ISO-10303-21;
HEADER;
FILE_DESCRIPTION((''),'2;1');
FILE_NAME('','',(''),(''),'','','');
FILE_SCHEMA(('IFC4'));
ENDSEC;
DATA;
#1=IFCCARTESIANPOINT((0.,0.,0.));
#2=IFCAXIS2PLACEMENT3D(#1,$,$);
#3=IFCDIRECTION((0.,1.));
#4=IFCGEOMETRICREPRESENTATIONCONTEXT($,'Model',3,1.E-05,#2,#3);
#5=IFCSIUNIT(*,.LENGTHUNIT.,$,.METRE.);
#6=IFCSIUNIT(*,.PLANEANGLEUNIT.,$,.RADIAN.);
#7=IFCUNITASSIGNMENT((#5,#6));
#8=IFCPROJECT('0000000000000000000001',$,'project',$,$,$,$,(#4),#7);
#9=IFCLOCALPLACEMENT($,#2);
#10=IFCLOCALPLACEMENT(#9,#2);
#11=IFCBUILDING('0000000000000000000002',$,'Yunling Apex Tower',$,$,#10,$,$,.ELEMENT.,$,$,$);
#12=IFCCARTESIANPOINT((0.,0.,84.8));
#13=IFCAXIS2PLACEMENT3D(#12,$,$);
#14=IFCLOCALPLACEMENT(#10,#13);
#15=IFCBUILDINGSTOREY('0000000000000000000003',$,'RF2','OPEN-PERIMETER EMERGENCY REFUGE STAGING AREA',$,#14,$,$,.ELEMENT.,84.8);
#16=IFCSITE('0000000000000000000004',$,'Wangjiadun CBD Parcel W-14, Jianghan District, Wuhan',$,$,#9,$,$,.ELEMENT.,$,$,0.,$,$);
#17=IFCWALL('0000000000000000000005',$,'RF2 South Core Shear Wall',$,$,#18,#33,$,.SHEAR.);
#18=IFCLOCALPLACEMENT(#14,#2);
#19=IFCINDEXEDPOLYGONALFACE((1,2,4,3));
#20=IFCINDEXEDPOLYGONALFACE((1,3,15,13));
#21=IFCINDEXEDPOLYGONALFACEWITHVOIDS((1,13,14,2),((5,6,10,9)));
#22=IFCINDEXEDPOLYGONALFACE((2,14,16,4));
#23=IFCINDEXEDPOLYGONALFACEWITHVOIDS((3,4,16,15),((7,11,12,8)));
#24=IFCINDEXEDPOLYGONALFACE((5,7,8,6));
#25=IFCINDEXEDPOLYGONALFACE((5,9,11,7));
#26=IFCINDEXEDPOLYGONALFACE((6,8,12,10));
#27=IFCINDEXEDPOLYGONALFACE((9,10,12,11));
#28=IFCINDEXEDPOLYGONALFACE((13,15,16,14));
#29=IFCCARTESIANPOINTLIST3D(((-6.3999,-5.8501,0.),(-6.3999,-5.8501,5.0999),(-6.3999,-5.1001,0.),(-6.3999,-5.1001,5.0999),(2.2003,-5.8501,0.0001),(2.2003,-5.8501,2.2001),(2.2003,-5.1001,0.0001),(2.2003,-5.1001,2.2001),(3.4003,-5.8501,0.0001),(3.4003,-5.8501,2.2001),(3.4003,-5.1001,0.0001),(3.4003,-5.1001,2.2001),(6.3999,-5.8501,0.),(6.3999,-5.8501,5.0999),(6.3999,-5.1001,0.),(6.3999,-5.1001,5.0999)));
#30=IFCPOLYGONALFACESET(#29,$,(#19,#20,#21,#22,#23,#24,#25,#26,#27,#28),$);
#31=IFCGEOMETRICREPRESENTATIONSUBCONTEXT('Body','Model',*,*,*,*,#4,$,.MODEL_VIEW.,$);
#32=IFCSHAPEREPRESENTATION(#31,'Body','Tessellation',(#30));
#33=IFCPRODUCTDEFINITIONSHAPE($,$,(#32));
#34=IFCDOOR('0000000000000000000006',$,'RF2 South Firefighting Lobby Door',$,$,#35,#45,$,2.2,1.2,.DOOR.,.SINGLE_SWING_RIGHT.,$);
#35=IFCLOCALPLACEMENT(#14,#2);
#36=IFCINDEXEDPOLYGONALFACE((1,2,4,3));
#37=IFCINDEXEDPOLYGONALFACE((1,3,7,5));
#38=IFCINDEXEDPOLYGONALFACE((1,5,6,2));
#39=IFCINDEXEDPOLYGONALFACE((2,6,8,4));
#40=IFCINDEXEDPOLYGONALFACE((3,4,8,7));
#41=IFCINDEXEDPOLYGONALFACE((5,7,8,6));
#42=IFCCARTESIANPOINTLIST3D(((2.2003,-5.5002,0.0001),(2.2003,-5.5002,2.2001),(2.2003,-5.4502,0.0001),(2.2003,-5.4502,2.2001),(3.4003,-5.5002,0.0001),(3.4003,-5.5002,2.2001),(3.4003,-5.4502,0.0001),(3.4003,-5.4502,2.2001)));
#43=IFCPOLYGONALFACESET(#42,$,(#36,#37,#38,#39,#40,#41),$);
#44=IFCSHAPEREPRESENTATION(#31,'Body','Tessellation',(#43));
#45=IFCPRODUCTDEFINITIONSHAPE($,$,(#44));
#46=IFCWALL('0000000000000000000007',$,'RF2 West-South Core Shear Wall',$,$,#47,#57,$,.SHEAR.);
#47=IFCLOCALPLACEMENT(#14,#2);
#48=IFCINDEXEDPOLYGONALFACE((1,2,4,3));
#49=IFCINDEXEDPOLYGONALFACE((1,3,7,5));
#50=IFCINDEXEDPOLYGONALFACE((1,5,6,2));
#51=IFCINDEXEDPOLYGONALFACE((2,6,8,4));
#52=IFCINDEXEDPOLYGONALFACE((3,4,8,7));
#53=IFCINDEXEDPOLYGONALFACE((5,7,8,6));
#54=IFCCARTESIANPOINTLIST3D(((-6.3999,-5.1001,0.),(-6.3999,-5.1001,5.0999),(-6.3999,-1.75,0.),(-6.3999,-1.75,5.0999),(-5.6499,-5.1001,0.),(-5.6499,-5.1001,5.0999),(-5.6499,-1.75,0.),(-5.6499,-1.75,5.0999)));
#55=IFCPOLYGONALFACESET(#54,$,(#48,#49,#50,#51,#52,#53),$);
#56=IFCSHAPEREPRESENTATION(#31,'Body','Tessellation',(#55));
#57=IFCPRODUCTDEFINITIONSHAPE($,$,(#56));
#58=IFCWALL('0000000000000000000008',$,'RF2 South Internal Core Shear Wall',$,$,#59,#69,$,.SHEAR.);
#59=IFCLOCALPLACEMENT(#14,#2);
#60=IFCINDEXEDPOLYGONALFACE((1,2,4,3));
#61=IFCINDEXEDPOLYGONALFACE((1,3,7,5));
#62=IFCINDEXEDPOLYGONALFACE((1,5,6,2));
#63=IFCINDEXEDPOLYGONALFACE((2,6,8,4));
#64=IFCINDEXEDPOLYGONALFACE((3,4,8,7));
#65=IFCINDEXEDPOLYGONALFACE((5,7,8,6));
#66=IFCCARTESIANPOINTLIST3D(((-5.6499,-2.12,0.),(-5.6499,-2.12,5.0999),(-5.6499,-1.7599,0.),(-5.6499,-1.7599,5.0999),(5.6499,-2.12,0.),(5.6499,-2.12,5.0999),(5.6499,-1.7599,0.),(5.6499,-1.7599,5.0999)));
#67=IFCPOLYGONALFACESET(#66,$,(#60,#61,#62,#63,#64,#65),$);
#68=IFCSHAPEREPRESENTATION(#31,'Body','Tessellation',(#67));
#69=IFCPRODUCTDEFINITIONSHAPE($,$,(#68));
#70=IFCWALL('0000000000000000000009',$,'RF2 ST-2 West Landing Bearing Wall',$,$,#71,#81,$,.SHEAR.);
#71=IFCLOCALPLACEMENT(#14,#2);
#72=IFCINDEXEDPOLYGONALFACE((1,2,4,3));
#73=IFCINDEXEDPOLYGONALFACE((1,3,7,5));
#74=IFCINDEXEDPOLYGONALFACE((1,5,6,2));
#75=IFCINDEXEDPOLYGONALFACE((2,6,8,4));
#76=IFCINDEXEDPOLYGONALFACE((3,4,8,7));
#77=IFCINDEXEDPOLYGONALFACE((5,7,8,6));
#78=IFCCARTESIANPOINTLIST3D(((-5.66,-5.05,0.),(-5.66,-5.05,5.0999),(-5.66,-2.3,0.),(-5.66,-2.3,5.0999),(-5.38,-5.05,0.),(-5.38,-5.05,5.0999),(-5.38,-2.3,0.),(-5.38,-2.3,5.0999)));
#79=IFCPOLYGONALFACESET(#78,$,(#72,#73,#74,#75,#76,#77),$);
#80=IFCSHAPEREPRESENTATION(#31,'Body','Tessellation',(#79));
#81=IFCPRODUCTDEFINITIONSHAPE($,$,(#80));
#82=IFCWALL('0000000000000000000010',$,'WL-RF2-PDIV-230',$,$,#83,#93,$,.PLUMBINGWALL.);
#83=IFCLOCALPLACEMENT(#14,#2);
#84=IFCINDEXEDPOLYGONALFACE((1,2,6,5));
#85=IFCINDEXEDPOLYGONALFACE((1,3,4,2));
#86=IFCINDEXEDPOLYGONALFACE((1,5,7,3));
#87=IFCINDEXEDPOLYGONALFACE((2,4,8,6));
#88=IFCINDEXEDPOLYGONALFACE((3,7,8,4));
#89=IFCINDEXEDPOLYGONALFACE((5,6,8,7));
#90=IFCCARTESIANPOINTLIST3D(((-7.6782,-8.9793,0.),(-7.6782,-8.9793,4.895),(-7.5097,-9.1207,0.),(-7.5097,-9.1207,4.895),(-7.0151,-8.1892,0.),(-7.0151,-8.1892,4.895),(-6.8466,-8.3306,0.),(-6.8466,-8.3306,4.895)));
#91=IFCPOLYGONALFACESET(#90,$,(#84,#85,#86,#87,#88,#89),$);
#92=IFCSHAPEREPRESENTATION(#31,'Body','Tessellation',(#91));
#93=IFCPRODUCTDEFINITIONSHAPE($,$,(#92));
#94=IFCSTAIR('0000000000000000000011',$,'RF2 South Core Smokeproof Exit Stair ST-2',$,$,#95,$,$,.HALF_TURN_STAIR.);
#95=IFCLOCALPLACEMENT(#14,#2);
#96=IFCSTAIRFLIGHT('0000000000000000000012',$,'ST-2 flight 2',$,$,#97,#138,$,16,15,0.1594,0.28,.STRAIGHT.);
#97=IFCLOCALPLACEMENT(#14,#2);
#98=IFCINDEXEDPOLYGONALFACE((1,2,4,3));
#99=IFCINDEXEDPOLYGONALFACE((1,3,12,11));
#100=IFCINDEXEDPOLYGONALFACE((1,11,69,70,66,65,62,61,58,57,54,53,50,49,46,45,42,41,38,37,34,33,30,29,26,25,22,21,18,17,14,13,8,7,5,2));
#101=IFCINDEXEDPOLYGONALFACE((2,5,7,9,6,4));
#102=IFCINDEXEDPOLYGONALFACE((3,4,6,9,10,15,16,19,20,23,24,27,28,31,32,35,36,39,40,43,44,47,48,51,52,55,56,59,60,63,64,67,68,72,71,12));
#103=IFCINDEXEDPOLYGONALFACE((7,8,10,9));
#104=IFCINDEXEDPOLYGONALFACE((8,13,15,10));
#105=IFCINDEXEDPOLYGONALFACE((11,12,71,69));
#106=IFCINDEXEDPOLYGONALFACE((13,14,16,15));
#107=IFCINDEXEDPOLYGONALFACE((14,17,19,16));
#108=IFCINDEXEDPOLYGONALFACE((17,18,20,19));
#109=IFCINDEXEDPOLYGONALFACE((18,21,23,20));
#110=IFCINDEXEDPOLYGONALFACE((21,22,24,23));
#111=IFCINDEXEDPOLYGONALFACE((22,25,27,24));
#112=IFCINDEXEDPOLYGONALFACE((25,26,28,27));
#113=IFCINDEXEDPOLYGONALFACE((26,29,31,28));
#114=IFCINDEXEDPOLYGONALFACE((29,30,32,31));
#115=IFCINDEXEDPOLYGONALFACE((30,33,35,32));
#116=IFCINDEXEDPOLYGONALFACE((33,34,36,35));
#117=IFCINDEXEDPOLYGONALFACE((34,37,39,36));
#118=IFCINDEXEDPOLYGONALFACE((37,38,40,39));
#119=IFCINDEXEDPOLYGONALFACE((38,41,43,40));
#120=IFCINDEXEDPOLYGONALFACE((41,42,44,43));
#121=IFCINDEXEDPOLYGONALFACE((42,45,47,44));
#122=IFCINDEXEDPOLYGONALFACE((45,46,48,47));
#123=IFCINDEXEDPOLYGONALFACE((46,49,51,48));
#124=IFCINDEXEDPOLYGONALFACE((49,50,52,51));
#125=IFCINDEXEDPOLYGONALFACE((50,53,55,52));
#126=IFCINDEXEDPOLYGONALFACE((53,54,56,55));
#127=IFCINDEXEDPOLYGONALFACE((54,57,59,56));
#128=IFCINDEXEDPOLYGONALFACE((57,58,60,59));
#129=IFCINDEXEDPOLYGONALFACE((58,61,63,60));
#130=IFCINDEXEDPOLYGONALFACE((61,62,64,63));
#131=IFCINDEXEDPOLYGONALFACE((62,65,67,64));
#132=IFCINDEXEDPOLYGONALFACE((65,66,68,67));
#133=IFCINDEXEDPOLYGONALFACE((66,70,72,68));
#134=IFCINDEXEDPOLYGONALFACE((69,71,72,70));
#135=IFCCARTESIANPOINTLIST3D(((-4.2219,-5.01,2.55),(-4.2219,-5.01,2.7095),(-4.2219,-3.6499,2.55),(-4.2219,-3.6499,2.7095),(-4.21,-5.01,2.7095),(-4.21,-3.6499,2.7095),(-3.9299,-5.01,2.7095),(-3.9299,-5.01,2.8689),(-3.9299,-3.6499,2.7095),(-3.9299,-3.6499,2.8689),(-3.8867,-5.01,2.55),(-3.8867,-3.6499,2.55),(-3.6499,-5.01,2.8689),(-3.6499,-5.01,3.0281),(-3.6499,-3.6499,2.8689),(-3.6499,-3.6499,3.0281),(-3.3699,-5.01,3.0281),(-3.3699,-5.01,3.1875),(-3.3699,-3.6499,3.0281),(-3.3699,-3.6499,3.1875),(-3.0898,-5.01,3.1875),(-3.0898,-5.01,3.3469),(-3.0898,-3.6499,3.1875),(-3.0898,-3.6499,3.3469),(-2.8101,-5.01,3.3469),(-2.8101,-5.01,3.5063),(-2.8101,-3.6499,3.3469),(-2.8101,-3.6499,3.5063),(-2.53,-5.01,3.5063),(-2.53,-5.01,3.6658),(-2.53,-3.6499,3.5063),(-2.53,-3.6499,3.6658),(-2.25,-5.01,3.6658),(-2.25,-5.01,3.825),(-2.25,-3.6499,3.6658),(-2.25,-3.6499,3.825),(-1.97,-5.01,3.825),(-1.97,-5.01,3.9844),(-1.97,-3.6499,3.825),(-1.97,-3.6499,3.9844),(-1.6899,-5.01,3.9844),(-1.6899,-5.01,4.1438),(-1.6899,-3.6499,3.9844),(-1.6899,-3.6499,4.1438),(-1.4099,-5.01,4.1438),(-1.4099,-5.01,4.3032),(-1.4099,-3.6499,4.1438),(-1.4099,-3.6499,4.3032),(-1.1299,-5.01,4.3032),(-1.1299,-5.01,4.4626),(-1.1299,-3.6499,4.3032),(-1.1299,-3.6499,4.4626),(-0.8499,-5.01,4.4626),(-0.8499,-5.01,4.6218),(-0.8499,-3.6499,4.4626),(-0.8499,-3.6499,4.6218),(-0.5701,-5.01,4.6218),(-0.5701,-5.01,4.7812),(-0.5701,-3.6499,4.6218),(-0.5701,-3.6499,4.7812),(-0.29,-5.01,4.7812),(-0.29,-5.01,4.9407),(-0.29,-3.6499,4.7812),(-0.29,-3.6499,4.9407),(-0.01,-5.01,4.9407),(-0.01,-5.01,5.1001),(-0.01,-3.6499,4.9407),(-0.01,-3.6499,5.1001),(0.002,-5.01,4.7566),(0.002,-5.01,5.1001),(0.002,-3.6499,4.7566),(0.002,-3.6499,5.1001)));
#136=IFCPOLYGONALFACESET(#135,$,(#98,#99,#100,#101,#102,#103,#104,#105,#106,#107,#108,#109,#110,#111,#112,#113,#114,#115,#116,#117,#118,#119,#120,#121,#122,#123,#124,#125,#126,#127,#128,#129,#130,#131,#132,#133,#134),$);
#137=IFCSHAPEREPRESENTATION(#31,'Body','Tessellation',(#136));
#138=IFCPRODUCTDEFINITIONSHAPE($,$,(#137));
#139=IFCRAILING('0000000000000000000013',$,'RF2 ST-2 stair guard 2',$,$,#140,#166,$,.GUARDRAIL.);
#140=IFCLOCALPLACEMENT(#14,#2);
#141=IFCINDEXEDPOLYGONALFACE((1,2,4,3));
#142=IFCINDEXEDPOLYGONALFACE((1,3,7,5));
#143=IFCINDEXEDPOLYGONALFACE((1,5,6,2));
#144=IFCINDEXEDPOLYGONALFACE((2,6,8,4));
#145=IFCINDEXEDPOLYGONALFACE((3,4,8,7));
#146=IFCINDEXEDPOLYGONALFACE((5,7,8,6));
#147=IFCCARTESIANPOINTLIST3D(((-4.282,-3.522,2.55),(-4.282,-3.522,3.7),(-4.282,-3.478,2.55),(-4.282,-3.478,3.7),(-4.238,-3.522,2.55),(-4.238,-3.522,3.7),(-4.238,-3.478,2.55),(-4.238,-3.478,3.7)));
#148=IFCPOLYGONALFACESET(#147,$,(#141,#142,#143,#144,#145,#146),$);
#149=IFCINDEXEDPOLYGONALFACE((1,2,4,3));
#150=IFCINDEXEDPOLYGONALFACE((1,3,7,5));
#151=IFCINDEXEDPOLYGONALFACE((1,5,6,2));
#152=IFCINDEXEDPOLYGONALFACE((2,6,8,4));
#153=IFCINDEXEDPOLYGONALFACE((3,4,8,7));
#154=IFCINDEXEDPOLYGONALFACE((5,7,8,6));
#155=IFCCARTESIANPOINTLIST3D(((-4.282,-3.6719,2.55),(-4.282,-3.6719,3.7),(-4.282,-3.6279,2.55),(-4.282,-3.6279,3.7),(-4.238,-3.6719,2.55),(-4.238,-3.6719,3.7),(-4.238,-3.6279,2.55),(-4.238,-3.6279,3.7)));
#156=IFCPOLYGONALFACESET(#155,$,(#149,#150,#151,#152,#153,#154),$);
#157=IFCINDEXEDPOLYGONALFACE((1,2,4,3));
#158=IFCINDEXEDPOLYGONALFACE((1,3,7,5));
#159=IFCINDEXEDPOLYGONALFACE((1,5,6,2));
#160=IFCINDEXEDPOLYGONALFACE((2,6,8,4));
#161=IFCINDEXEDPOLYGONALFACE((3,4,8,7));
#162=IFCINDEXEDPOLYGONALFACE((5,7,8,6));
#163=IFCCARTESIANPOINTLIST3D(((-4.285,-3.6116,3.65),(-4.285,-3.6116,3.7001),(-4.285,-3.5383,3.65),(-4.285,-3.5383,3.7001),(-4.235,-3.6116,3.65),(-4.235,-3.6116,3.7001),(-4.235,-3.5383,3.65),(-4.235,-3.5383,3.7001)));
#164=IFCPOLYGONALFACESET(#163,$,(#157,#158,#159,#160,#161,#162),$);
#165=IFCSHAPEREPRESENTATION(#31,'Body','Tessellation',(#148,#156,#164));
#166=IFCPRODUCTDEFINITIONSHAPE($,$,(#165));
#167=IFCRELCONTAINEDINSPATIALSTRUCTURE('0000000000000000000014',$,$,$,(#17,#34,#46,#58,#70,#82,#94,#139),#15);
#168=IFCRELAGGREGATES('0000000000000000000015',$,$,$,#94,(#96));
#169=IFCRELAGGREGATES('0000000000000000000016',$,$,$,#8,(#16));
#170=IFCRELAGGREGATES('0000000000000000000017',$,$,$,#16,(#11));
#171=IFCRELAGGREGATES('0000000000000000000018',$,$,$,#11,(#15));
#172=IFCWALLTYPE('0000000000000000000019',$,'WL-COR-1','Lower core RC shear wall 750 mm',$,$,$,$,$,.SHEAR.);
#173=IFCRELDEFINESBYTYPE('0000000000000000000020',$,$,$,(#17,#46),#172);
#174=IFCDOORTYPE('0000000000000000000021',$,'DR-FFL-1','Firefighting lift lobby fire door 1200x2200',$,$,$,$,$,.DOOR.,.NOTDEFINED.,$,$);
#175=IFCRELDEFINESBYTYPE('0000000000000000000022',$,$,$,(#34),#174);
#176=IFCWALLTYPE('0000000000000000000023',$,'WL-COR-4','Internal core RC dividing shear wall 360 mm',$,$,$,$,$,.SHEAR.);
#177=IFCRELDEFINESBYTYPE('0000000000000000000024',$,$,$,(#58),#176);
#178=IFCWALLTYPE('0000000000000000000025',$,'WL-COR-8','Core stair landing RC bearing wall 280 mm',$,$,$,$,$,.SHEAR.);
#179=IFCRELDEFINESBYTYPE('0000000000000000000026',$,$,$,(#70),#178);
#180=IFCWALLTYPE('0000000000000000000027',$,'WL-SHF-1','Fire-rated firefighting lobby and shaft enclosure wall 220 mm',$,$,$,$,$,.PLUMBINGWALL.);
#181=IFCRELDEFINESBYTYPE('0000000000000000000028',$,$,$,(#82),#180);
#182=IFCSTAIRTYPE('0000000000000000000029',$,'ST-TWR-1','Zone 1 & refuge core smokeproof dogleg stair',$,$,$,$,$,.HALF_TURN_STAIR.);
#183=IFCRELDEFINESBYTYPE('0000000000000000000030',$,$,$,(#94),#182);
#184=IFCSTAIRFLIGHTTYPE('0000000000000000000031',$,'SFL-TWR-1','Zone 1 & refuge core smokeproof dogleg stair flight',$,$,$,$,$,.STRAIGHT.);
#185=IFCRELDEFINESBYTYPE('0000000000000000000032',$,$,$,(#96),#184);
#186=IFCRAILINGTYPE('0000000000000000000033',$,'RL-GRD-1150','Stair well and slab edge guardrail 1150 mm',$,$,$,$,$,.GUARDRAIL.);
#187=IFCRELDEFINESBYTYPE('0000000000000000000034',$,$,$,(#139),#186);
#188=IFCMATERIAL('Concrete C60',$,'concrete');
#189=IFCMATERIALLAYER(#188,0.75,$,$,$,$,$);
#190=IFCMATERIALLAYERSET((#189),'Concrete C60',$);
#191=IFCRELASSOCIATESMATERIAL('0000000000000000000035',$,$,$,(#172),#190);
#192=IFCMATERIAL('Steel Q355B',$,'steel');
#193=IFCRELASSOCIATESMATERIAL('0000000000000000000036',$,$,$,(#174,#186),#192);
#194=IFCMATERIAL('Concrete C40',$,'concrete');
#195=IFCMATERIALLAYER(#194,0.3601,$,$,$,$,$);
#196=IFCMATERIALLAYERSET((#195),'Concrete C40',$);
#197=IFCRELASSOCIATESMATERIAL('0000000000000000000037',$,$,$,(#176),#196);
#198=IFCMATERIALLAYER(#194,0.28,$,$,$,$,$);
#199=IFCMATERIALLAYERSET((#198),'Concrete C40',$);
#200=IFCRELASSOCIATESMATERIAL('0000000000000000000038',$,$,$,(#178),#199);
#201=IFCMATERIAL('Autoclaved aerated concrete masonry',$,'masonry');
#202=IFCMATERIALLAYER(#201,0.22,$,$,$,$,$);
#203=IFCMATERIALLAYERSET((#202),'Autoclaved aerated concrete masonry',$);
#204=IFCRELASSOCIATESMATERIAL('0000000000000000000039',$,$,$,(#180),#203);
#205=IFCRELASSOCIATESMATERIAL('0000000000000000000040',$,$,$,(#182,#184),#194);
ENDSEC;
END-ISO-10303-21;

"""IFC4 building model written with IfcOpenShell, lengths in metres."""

from ifc_helpers import new_model, si_unit, direction, frame, frame_2d, origin, origin_2d, place, context, subcontext, project, spatial, polyline, rectangle, outline, extrude, material, layer, layer_set, type_object, element, fill, aggregate, save


model = new_model("IFC4")

# Units and contexts
model_context = context("Model", 3, precision=1e-05, world=origin(), true_north=direction((0.0, 1.0)))
body_context = subcontext(model_context, "Body", "Model", "MODEL_VIEW")
ifc_project = project(units=[si_unit("LENGTHUNIT", "METRE"), si_unit("PLANEANGLEUNIT", "RADIAN")], contexts=[model_context])

# Site, building, storey
site_placement = place(None, origin())
site = spatial("IfcSite", under=ifc_project, at=site_placement, Name="Wangjiadun CBD Parcel W-14, Jianghan District, Wuhan", CompositionType="ELEMENT", RefElevation=0.0)
building_placement = place(site_placement, origin())
building = spatial("IfcBuilding", under=site, at=building_placement, Name="Yunling Apex Tower", CompositionType="ELEMENT")
storey_placement = place(building_placement, frame((0.0, 0.0, 84.8)))
storey = spatial("IfcBuildingStorey", under=building, at=storey_placement, Name="RF2", Description="OPEN-PERIMETER EMERGENCY REFUGE STAGING AREA", CompositionType="ELEMENT", Elevation=84.8)

# Shared definitions
ifc_material_1 = material(Name="Concrete C60", Category="concrete")

# Shared definitions
ifc_material_2 = material(Name="Steel Q355B", Category="steel")

# Wall, opening, door
ifc_layer_1 = layer(ifc_material_1, 0.75)
ifc_layer_set_1 = layer_set([ifc_layer_1], Name="Concrete C60")
wall_type_1 = type_object("IfcWallType", Name="WL-COR-1", Description="Lower core RC shear wall 750 mm", PredefinedType="SHEAR", material=ifc_layer_set_1)
wall_1_placement = place(storey_placement, frame((-6.3999, -5.4751, 0.0), z_axis=(0.0, 0.0, 1.0), x_axis=(1.0, 0.0, 0.0)))
wall_1 = element("IfcWall", 1, at=wall_1_placement, inside=storey, type_object=wall_type_1, Name="RF2 South Core Shear Wall", PredefinedType="SHEAR", context=body_context, shape_type="SweptSolid", body=[
    extrude(rectangle(XDim=12.7998, YDim=0.75, at=frame_2d((6.3999, 0.0))), origin(), (0.0, 0.0, 1.0), 5.0999),
])
opening_placement = place(wall_1_placement, frame((8.6001, 0.0, 0.0)))
opening = element("IfcOpeningElement", 2, at=opening_placement, cuts=wall_1, PredefinedType="OPENING", context=body_context, shape_type="SweptSolid", body=[
    extrude(rectangle(XDim=1.2, YDim=2.2, at=frame_2d((0.6001, 1.1001))), frame((0.0, 0.385, 0.0), z_axis=(0.0, -1.0, 0.0), x_axis=(1.0, 0.0, 0.0)), (0.0, 0.0, 1.0), 0.77),
])
door_type = type_object("IfcDoorType", Name="DR-FFL-1", Description="Firefighting lift lobby fire door 1200x2200", OperationType="NOTDEFINED", PredefinedType="DOOR", material=ifc_material_2)
door_placement = place(opening_placement, origin())
door = element("IfcDoor", 3, at=door_placement, inside=storey, type_object=door_type, Name="RF2 South Firefighting Lobby Door", OperationType="SINGLE_SWING_RIGHT", OverallHeight=2.2, OverallWidth=1.2, PredefinedType="DOOR", context=body_context, shape_type="SweptSolid", body=[
    extrude(rectangle(XDim=1.2, YDim=2.2, at=frame_2d((0.6001, 1.1001))), frame((0.0, 0.0249, 0.0), z_axis=(0.0, -1.0, 0.0), x_axis=(1.0, 0.0, 0.0)), (0.0, 0.0, 1.0), 0.05),
])
fill(opening, door)

# Walls
wall_2_placement = place(storey_placement, frame((-6.0249, -5.1001, 0.0), z_axis=(0.0, 0.0, 1.0), x_axis=(0.0, 1.0, 0.0)))
element("IfcWall", 4, at=wall_2_placement, inside=storey, type_object=wall_type_1, Name="RF2 West-South Core Shear Wall", PredefinedType="SHEAR", context=body_context, shape_type="SweptSolid", body=[
    extrude(rectangle(XDim=3.3501, YDim=0.75, at=frame_2d((1.675, 0.0))), origin(), (0.0, 0.0, 1.0), 5.0999),
])
ifc_material_3 = material(Name="Concrete C40", Category="concrete")
ifc_layer_2 = layer(ifc_material_3, 0.3601)
ifc_layer_set_2 = layer_set([ifc_layer_2], Name="Concrete C40")
wall_type_2 = type_object("IfcWallType", Name="WL-COR-4", Description="Internal core RC dividing shear wall 360 mm", PredefinedType="SHEAR", material=ifc_layer_set_2)
wall_3_placement = place(storey_placement, frame((-5.6499, -1.9399, 0.0), z_axis=(0.0, 0.0, 1.0), x_axis=(1.0, 0.0, 0.0)))
element("IfcWall", 5, at=wall_3_placement, inside=storey, type_object=wall_type_2, Name="RF2 South Internal Core Shear Wall", PredefinedType="SHEAR", context=body_context, shape_type="SweptSolid", body=[
    extrude(rectangle(XDim=11.2998, YDim=0.3601, at=frame_2d((5.6499, 0.0))), origin(), (0.0, 0.0, 1.0), 5.0999),
])
ifc_layer_3 = layer(ifc_material_3, 0.28)
ifc_layer_set_3 = layer_set([ifc_layer_3], Name="Concrete C40")
wall_type_3 = type_object("IfcWallType", Name="WL-COR-8", Description="Core stair landing RC bearing wall 280 mm", PredefinedType="SHEAR", material=ifc_layer_set_3)
wall_4_placement = place(storey_placement, frame((-5.52, -5.05, 0.0), z_axis=(0.0, 0.0, 1.0), x_axis=(0.0, 1.0, 0.0)))
element("IfcWall", 6, at=wall_4_placement, inside=storey, type_object=wall_type_3, Name="RF2 ST-2 West Landing Bearing Wall", PredefinedType="SHEAR", context=body_context, shape_type="SweptSolid", body=[
    extrude(rectangle(XDim=2.75, YDim=0.28, at=frame_2d((1.375, 0.0))), origin(), (0.0, 0.0, 1.0), 5.0999),
])
ifc_material_4 = material(Name="Autoclaved aerated concrete masonry", Category="masonry")
ifc_layer_4 = layer(ifc_material_4, 0.22)
ifc_layer_set_4 = layer_set([ifc_layer_4], Name="Autoclaved aerated concrete masonry")
wall_type_4 = type_object("IfcWallType", Name="WL-SHF-1", Description="Fire-rated firefighting lobby and shaft enclosure wall 220 mm", PredefinedType="PLUMBINGWALL", material=ifc_layer_set_4)
wall_5_placement = place(storey_placement, frame((-6.9309, -8.26, 0.0), z_axis=(0.0, 0.0, 1.0), x_axis=(-0.642881, -0.765966, 0.0)))
element("IfcWall", 7, at=wall_5_placement, inside=storey, type_object=wall_type_4, Name="WL-RF2-PDIV-230", PredefinedType="PLUMBINGWALL", context=body_context, shape_type="SweptSolid", body=[
    extrude(rectangle(XDim=1.0315, YDim=0.22, at=frame_2d((0.5156, 0.0))), origin(), (0.0, 0.0, 1.0), 4.895),
])

# Stair, stair flight
stair_type = type_object("IfcStairType", Name="ST-TWR-1", Description="Zone 1 & refuge core smokeproof dogleg stair", PredefinedType="HALF_TURN_STAIR", material=ifc_material_3)
stair_placement = place(storey_placement, origin())
stair = element("IfcStair", 8, at=stair_placement, inside=storey, type_object=stair_type, Name="RF2 South Core Smokeproof Exit Stair ST-2", PredefinedType="HALF_TURN_STAIR")
stair_flight_type = type_object("IfcStairFlightType", Name="SFL-TWR-1", Description="Zone 1 & refuge core smokeproof dogleg stair flight", PredefinedType="STRAIGHT", material=ifc_material_3)
stair_flight_placement = place(storey_placement, frame((-4.21, -4.3301, 2.55), z_axis=(0.0, 0.0, 1.0), x_axis=(1.0, 0.0, 0.0)))
stair_flight = element("IfcStairFlight", 9, at=stair_flight_placement, type_object=stair_flight_type, Name="ST-2 flight 2", NumberOfRisers=16, NumberOfTreads=15, PredefinedType="STRAIGHT", RiserHeight=0.1594, TreadLength=0.28, context=body_context, shape_type="SweptSolid", body=[
    extrude(outline(polyline([(-0.012, 0.0), (-0.012, 0.1594), (0.0, 0.1594), (0.28, 0.1594), (0.28, 0.3188), (0.5601, 0.3188), (0.5601, 0.478), (0.8401, 0.478), (0.8401, 0.6375), (1.1201, 0.6375), (1.1201, 0.7969), (1.3999, 0.7969), (1.3999, 0.9563), (1.6799, 0.9563), (1.6799, 1.1157), (1.96, 1.1157), (1.96, 1.2749), (2.24, 1.2749), (2.24, 1.4343), (2.52, 1.4343), (2.52, 1.5938), (2.8, 1.5938), (2.8, 1.7532), (3.0801, 1.7532), (3.0801, 1.9126), (3.3601, 1.9126), (3.3601, 2.0718), (3.6399, 2.0718), (3.6399, 2.2312), (3.9199, 2.2312), (3.9199, 2.3906), (4.2, 2.3906), (4.2, 2.55), (4.2119, 2.55), (4.2119, 2.2065), (0.3232, 0.0), (-0.012, 0.0)])), frame((0.0, 0.6802, 0.0), z_axis=(0.0, -1.0, 0.0), x_axis=(1.0, 0.0, 0.0)), (0.0, 0.0, 1.0), 1.3601),
])
aggregate(stair, [stair_flight])

# Railing
railing_type = type_object("IfcRailingType", Name="RL-GRD-1150", Description="Stair well and slab edge guardrail 1150 mm", PredefinedType="GUARDRAIL", material=ifc_material_2)
railing_1_placement = place(storey_placement, frame((-4.26, -3.5, 2.55)))
element("IfcRailing", 10, at=railing_1_placement, inside=storey, type_object=railing_type, Name="RF2 ST-2 stair guard 2", PredefinedType="GUARDRAIL", context=body_context, shape_type="SweptSolid", body=[
    extrude(rectangle(XDim=0.0439, YDim=0.0439, at=origin_2d()), origin(), (0.0, 0.0, 1.0), 1.1499),
    extrude(rectangle(XDim=0.0439, YDim=0.0439, at=origin_2d()), frame((0.0, -0.1499, 0.0)), (0.0, 0.0, 1.0), 1.1499),
    extrude(rectangle(XDim=0.05, YDim=0.05, at=origin_2d()), frame((0.0, -0.0383, 1.125), z_axis=(0.0, -1.0, 0.0), x_axis=(1.0, 0.0, 0.0)), (0.0, 0.0, 1.0), 0.0732),
])

save(model, "model.ifc")
